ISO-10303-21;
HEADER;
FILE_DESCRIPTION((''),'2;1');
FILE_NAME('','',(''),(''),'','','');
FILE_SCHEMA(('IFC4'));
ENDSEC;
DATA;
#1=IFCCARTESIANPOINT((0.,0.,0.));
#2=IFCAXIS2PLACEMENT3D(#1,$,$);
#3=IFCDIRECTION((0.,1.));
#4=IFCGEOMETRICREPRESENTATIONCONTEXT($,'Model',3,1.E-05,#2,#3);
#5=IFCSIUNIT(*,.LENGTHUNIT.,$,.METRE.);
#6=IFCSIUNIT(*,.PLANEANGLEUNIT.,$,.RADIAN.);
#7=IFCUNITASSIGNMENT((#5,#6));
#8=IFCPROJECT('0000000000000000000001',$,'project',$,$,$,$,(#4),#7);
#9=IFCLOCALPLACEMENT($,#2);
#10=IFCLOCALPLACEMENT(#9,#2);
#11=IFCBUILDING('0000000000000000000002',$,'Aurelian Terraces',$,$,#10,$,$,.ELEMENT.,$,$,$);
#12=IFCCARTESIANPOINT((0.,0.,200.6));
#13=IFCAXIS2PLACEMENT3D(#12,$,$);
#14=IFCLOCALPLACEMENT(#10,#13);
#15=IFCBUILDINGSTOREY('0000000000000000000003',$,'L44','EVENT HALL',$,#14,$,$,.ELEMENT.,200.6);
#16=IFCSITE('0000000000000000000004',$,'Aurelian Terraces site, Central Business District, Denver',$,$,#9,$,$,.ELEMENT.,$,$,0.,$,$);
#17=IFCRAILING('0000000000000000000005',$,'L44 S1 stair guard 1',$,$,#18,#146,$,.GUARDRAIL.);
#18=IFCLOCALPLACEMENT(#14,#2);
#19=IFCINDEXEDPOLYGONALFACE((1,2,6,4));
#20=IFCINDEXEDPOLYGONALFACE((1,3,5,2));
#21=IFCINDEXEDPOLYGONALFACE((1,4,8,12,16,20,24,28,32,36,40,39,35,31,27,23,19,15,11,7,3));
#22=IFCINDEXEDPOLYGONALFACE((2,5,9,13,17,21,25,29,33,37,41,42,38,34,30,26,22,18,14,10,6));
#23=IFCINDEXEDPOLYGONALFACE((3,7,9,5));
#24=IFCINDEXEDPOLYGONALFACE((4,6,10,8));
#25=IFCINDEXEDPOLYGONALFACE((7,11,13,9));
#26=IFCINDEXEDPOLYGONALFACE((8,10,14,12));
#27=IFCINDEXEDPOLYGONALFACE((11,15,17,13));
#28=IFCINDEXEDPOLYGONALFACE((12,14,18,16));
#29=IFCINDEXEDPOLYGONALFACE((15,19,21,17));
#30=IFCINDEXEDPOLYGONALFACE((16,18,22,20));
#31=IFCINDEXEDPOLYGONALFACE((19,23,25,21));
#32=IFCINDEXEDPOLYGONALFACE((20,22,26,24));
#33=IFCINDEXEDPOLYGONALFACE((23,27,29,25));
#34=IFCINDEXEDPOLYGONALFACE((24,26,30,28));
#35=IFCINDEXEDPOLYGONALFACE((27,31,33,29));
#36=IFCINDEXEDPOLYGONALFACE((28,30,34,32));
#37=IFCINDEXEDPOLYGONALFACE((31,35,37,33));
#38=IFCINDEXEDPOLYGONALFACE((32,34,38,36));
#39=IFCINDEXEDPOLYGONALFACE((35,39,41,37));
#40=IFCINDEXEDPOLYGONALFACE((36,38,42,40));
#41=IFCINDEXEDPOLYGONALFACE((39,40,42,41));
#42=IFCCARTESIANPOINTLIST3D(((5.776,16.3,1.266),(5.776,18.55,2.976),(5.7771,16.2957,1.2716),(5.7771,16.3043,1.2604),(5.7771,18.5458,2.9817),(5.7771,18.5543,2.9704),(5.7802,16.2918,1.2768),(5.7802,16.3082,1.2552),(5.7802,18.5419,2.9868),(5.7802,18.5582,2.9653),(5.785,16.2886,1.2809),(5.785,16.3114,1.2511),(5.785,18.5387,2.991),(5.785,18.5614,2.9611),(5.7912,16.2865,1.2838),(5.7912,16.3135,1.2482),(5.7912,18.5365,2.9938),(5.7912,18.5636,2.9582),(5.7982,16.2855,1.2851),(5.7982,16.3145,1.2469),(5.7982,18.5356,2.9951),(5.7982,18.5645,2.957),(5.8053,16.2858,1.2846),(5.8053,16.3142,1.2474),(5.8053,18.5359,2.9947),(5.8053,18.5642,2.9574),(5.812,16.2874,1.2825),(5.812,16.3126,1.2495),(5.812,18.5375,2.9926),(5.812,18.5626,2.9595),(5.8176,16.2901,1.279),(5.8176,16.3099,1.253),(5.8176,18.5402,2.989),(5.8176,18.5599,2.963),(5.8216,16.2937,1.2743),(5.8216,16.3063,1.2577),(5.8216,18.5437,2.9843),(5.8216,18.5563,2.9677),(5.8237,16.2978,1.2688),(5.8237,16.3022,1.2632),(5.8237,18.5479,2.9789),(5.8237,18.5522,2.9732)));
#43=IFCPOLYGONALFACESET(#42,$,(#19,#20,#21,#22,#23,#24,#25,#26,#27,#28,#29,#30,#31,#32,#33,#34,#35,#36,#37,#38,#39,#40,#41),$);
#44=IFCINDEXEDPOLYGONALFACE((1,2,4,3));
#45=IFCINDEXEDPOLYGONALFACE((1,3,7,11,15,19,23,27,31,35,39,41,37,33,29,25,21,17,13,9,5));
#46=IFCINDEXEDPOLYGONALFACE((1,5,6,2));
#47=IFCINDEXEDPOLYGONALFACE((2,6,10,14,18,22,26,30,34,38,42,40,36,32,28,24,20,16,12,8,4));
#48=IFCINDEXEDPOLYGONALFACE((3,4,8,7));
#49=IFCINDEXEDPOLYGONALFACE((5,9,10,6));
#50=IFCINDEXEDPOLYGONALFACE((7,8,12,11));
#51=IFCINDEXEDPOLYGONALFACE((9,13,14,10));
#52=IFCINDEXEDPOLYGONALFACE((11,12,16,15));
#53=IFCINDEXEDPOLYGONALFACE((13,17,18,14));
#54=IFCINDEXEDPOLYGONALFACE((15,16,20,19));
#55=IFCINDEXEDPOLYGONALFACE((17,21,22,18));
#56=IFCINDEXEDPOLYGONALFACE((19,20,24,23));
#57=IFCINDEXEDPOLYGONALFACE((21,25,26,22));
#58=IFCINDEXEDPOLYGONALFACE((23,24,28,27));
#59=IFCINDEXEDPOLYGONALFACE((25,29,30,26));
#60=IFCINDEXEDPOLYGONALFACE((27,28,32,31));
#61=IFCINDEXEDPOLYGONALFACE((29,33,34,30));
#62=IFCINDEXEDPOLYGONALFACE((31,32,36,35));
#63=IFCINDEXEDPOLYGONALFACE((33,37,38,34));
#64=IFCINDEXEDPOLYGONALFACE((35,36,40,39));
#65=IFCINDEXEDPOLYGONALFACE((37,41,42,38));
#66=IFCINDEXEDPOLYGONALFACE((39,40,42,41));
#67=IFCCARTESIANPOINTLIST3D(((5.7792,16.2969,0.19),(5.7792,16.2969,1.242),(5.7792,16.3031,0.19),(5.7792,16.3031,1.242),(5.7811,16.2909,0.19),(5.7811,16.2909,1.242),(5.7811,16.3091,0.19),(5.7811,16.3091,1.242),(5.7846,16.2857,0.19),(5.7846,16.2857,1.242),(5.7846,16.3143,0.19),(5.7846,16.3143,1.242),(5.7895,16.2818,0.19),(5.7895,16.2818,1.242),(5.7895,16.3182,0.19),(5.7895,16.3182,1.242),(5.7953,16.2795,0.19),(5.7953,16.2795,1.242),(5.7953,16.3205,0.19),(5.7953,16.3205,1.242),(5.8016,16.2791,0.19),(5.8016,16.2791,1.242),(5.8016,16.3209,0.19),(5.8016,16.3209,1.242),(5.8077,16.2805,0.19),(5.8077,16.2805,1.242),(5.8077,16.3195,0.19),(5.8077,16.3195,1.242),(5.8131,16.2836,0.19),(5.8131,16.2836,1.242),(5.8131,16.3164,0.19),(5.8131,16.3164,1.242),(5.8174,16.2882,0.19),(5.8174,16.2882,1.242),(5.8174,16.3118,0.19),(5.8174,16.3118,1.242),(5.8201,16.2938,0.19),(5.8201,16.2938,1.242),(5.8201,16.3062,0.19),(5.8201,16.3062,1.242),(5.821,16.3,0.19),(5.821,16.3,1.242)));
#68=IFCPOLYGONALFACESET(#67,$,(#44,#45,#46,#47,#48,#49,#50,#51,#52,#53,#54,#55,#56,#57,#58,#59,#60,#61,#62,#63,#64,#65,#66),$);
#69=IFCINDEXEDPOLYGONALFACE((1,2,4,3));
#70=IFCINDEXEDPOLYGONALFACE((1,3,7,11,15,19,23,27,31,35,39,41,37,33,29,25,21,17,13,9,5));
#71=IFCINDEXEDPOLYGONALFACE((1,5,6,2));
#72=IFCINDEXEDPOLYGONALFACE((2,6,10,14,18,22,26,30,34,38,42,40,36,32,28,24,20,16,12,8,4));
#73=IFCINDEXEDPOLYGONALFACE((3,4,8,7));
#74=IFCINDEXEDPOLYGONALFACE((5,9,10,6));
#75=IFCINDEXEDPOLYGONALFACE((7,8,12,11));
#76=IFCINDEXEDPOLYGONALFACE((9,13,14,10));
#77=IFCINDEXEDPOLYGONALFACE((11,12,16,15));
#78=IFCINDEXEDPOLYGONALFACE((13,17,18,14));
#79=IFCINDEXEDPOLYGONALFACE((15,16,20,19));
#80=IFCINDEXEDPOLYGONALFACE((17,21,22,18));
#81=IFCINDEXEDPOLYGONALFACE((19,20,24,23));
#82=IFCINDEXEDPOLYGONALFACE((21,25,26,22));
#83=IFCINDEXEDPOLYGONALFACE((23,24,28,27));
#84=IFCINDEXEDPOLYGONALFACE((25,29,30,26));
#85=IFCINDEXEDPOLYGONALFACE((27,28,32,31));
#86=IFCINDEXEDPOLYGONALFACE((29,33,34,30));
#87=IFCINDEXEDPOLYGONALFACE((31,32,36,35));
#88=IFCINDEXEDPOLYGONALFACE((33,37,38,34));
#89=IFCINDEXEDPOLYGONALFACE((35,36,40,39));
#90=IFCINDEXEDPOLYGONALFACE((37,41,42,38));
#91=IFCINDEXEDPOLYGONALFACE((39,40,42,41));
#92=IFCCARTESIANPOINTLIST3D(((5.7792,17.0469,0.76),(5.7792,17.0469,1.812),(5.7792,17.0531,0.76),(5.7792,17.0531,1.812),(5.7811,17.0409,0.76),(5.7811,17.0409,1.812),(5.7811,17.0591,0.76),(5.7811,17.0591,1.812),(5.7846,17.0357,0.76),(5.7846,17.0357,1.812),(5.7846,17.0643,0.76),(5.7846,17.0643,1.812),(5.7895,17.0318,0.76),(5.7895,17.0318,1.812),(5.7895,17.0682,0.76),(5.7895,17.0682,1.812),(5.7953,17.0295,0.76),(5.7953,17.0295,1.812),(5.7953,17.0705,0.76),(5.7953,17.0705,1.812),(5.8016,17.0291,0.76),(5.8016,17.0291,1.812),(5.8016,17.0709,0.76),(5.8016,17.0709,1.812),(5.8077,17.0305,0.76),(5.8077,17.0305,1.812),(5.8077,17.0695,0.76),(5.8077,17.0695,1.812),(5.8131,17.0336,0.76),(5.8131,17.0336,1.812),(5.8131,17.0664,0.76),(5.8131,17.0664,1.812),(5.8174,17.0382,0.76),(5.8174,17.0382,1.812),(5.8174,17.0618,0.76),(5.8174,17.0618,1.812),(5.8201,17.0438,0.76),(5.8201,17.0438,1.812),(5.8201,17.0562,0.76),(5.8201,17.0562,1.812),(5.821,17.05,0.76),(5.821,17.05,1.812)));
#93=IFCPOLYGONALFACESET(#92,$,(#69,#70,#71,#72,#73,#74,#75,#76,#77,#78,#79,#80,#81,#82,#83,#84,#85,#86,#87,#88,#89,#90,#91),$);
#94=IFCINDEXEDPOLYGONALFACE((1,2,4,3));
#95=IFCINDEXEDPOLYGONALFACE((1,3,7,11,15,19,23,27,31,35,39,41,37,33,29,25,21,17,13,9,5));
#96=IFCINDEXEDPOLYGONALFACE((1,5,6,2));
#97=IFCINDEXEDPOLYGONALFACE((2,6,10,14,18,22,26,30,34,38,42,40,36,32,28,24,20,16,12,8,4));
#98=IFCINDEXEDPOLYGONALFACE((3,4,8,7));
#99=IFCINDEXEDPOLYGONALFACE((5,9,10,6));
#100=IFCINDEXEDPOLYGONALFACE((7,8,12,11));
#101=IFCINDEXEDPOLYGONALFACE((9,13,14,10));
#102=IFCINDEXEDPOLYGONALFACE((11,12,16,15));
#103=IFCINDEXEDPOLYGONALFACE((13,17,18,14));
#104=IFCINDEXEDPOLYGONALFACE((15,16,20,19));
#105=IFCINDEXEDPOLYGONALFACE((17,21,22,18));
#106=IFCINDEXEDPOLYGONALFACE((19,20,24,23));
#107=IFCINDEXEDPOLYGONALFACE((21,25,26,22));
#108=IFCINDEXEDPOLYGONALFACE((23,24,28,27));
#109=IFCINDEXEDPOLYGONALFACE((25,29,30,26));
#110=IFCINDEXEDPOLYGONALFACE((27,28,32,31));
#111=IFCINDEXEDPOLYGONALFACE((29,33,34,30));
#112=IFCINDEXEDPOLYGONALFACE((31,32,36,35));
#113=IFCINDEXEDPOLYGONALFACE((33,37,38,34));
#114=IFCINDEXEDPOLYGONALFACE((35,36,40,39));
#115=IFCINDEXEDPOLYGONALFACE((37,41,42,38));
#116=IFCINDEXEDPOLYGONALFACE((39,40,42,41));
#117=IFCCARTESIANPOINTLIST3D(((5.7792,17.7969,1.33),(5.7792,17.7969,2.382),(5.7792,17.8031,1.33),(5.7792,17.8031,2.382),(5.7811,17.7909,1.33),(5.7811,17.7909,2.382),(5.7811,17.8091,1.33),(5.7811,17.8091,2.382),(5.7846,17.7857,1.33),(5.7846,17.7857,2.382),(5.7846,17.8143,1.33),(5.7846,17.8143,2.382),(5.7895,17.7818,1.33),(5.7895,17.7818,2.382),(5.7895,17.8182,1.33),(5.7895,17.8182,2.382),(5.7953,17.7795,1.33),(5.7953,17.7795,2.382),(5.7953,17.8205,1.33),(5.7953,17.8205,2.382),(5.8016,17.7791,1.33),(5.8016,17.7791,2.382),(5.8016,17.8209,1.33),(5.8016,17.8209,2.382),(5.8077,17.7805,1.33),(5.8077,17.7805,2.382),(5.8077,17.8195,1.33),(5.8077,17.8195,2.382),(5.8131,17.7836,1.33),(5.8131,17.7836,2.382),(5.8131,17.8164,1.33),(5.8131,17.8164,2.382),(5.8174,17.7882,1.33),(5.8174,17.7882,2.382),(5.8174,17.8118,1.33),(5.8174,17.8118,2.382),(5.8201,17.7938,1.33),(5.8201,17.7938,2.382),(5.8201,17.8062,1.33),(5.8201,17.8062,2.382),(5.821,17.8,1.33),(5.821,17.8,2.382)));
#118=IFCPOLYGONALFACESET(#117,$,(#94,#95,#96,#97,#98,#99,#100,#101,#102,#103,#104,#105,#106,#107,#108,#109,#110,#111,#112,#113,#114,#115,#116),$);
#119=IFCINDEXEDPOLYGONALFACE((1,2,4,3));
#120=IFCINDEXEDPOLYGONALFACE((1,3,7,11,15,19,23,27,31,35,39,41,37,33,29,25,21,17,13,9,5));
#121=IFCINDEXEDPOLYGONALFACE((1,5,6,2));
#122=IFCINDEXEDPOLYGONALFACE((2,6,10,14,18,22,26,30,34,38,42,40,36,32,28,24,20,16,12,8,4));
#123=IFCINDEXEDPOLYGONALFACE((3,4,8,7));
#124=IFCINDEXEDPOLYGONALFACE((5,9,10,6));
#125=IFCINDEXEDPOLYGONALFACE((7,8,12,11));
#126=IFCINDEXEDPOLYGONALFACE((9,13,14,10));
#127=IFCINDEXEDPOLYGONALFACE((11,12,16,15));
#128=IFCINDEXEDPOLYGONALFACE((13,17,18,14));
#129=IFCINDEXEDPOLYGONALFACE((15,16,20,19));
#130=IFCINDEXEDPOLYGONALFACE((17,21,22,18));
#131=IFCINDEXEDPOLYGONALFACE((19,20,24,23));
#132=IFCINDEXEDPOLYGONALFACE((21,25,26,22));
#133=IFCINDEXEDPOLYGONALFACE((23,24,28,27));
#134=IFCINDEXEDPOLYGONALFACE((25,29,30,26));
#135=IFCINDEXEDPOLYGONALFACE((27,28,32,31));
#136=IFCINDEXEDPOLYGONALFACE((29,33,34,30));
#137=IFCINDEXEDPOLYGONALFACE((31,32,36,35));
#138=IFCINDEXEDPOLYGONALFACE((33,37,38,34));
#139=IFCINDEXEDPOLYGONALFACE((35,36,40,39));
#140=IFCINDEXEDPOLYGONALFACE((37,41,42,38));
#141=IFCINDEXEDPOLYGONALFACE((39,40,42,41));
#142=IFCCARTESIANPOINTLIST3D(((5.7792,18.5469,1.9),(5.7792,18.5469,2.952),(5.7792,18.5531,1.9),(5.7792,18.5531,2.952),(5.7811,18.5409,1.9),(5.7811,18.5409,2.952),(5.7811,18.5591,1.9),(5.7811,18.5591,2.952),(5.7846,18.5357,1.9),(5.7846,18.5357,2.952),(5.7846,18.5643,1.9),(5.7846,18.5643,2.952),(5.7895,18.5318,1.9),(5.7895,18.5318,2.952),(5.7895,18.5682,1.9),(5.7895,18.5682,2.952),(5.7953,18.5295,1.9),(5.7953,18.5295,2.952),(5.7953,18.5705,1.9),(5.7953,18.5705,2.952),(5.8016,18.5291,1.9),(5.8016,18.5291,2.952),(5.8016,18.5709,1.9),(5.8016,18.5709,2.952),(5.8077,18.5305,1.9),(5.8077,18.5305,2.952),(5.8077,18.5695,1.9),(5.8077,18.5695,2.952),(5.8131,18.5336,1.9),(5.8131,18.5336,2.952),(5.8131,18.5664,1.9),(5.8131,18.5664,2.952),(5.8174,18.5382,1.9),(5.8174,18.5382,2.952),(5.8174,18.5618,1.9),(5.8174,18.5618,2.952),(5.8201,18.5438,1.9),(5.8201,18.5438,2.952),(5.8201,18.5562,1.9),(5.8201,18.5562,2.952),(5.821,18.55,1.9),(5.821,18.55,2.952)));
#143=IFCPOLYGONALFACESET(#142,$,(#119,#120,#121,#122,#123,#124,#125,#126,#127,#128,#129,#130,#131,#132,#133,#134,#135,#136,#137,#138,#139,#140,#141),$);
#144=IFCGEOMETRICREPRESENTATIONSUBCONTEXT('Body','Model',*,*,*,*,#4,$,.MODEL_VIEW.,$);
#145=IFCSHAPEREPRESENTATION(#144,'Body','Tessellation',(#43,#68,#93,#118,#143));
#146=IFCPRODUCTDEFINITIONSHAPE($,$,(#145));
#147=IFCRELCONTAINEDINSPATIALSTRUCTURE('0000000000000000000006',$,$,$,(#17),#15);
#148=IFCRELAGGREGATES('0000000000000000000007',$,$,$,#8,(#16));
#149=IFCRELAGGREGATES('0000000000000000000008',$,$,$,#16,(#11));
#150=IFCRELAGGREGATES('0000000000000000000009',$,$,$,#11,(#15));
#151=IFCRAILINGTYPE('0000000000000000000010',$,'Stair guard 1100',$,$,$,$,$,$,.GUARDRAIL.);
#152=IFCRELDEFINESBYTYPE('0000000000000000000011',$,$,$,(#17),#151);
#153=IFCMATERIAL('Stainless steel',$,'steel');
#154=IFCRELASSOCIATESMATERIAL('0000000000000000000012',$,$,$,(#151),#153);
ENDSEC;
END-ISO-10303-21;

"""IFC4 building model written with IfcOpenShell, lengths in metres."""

from ifc_helpers import new_model, si_unit, direction, frame, origin, origin_2d, place, context, subcontext, project, spatial, circle, extrude, source, transform, mapped, material, type_object, element, save


model = new_model("IFC4")

# Units and contexts
model_context = context("Model", 3, precision=1e-05, world=origin(), true_north=direction((0.0, 1.0)))
body_context = subcontext(model_context, "Body", "Model", "MODEL_VIEW")
ifc_project = project(units=[si_unit("LENGTHUNIT", "METRE"), si_unit("PLANEANGLEUNIT", "RADIAN")], contexts=[model_context])

# Site, building, storey
site_placement = place(None, origin())
site = spatial("IfcSite", under=ifc_project, at=site_placement, Name="Aurelian Terraces site, Central Business District, Denver", CompositionType="ELEMENT", RefElevation=0.0)
building_placement = place(site_placement, origin())
building = spatial("IfcBuilding", under=site, at=building_placement, Name="Aurelian Terraces", CompositionType="ELEMENT")
storey_placement = place(building_placement, frame((0.0, 0.0, 200.6)))
storey = spatial("IfcBuildingStorey", under=building, at=storey_placement, Name="L44", Description="EVENT HALL", CompositionType="ELEMENT", Elevation=200.6)

# Shared definitions
ifc_material_1 = material(Name="Stainless steel", Category="steel")

# Railing
railing_type_1 = type_object("IfcRailingType", Name="Stair guard 1100", PredefinedType="GUARDRAIL", material=ifc_material_1)
shared_shape_1 = source(origin(), body_context, "Body", "SweptSolid", [
    extrude(circle(Radius=0.024, at=origin_2d()), frame((0.0, 0.0, 1.076), z_axis=(0.0, 0.796162, 0.605083), x_axis=(-1.0, 0.0, 0.0)), (0.0, 0.0, 1.0), 2.8261),
    extrude(circle(Radius=0.021, at=origin_2d()), origin(), (0.0, 0.0, 1.0), 1.052),
    extrude(circle(Radius=0.021, at=origin_2d()), frame((0.0, 0.75, 0.57)), (0.0, 0.0, 1.0), 1.052),
    extrude(circle(Radius=0.021, at=origin_2d()), frame((0.0, 1.5, 1.14)), (0.0, 0.0, 1.0), 1.052),
    extrude(circle(Radius=0.021, at=origin_2d()), frame((0.0, 2.25, 1.71)), (0.0, 0.0, 1.0), 1.052),
])
railing_1_placement = place(storey_placement, frame((5.8, 16.3, 0.19)))
element("IfcRailing", 1, at=railing_1_placement, inside=storey, type_object=railing_type_1, Name="L44 S1 stair guard 1", PredefinedType="GUARDRAIL", context=body_context, shape_type="MappedRepresentation", body=[
    mapped(shared_shape_1, transform((0.0, 0.0, 0.0), scale=1.0)),
])

save(model, "model.ifc")
